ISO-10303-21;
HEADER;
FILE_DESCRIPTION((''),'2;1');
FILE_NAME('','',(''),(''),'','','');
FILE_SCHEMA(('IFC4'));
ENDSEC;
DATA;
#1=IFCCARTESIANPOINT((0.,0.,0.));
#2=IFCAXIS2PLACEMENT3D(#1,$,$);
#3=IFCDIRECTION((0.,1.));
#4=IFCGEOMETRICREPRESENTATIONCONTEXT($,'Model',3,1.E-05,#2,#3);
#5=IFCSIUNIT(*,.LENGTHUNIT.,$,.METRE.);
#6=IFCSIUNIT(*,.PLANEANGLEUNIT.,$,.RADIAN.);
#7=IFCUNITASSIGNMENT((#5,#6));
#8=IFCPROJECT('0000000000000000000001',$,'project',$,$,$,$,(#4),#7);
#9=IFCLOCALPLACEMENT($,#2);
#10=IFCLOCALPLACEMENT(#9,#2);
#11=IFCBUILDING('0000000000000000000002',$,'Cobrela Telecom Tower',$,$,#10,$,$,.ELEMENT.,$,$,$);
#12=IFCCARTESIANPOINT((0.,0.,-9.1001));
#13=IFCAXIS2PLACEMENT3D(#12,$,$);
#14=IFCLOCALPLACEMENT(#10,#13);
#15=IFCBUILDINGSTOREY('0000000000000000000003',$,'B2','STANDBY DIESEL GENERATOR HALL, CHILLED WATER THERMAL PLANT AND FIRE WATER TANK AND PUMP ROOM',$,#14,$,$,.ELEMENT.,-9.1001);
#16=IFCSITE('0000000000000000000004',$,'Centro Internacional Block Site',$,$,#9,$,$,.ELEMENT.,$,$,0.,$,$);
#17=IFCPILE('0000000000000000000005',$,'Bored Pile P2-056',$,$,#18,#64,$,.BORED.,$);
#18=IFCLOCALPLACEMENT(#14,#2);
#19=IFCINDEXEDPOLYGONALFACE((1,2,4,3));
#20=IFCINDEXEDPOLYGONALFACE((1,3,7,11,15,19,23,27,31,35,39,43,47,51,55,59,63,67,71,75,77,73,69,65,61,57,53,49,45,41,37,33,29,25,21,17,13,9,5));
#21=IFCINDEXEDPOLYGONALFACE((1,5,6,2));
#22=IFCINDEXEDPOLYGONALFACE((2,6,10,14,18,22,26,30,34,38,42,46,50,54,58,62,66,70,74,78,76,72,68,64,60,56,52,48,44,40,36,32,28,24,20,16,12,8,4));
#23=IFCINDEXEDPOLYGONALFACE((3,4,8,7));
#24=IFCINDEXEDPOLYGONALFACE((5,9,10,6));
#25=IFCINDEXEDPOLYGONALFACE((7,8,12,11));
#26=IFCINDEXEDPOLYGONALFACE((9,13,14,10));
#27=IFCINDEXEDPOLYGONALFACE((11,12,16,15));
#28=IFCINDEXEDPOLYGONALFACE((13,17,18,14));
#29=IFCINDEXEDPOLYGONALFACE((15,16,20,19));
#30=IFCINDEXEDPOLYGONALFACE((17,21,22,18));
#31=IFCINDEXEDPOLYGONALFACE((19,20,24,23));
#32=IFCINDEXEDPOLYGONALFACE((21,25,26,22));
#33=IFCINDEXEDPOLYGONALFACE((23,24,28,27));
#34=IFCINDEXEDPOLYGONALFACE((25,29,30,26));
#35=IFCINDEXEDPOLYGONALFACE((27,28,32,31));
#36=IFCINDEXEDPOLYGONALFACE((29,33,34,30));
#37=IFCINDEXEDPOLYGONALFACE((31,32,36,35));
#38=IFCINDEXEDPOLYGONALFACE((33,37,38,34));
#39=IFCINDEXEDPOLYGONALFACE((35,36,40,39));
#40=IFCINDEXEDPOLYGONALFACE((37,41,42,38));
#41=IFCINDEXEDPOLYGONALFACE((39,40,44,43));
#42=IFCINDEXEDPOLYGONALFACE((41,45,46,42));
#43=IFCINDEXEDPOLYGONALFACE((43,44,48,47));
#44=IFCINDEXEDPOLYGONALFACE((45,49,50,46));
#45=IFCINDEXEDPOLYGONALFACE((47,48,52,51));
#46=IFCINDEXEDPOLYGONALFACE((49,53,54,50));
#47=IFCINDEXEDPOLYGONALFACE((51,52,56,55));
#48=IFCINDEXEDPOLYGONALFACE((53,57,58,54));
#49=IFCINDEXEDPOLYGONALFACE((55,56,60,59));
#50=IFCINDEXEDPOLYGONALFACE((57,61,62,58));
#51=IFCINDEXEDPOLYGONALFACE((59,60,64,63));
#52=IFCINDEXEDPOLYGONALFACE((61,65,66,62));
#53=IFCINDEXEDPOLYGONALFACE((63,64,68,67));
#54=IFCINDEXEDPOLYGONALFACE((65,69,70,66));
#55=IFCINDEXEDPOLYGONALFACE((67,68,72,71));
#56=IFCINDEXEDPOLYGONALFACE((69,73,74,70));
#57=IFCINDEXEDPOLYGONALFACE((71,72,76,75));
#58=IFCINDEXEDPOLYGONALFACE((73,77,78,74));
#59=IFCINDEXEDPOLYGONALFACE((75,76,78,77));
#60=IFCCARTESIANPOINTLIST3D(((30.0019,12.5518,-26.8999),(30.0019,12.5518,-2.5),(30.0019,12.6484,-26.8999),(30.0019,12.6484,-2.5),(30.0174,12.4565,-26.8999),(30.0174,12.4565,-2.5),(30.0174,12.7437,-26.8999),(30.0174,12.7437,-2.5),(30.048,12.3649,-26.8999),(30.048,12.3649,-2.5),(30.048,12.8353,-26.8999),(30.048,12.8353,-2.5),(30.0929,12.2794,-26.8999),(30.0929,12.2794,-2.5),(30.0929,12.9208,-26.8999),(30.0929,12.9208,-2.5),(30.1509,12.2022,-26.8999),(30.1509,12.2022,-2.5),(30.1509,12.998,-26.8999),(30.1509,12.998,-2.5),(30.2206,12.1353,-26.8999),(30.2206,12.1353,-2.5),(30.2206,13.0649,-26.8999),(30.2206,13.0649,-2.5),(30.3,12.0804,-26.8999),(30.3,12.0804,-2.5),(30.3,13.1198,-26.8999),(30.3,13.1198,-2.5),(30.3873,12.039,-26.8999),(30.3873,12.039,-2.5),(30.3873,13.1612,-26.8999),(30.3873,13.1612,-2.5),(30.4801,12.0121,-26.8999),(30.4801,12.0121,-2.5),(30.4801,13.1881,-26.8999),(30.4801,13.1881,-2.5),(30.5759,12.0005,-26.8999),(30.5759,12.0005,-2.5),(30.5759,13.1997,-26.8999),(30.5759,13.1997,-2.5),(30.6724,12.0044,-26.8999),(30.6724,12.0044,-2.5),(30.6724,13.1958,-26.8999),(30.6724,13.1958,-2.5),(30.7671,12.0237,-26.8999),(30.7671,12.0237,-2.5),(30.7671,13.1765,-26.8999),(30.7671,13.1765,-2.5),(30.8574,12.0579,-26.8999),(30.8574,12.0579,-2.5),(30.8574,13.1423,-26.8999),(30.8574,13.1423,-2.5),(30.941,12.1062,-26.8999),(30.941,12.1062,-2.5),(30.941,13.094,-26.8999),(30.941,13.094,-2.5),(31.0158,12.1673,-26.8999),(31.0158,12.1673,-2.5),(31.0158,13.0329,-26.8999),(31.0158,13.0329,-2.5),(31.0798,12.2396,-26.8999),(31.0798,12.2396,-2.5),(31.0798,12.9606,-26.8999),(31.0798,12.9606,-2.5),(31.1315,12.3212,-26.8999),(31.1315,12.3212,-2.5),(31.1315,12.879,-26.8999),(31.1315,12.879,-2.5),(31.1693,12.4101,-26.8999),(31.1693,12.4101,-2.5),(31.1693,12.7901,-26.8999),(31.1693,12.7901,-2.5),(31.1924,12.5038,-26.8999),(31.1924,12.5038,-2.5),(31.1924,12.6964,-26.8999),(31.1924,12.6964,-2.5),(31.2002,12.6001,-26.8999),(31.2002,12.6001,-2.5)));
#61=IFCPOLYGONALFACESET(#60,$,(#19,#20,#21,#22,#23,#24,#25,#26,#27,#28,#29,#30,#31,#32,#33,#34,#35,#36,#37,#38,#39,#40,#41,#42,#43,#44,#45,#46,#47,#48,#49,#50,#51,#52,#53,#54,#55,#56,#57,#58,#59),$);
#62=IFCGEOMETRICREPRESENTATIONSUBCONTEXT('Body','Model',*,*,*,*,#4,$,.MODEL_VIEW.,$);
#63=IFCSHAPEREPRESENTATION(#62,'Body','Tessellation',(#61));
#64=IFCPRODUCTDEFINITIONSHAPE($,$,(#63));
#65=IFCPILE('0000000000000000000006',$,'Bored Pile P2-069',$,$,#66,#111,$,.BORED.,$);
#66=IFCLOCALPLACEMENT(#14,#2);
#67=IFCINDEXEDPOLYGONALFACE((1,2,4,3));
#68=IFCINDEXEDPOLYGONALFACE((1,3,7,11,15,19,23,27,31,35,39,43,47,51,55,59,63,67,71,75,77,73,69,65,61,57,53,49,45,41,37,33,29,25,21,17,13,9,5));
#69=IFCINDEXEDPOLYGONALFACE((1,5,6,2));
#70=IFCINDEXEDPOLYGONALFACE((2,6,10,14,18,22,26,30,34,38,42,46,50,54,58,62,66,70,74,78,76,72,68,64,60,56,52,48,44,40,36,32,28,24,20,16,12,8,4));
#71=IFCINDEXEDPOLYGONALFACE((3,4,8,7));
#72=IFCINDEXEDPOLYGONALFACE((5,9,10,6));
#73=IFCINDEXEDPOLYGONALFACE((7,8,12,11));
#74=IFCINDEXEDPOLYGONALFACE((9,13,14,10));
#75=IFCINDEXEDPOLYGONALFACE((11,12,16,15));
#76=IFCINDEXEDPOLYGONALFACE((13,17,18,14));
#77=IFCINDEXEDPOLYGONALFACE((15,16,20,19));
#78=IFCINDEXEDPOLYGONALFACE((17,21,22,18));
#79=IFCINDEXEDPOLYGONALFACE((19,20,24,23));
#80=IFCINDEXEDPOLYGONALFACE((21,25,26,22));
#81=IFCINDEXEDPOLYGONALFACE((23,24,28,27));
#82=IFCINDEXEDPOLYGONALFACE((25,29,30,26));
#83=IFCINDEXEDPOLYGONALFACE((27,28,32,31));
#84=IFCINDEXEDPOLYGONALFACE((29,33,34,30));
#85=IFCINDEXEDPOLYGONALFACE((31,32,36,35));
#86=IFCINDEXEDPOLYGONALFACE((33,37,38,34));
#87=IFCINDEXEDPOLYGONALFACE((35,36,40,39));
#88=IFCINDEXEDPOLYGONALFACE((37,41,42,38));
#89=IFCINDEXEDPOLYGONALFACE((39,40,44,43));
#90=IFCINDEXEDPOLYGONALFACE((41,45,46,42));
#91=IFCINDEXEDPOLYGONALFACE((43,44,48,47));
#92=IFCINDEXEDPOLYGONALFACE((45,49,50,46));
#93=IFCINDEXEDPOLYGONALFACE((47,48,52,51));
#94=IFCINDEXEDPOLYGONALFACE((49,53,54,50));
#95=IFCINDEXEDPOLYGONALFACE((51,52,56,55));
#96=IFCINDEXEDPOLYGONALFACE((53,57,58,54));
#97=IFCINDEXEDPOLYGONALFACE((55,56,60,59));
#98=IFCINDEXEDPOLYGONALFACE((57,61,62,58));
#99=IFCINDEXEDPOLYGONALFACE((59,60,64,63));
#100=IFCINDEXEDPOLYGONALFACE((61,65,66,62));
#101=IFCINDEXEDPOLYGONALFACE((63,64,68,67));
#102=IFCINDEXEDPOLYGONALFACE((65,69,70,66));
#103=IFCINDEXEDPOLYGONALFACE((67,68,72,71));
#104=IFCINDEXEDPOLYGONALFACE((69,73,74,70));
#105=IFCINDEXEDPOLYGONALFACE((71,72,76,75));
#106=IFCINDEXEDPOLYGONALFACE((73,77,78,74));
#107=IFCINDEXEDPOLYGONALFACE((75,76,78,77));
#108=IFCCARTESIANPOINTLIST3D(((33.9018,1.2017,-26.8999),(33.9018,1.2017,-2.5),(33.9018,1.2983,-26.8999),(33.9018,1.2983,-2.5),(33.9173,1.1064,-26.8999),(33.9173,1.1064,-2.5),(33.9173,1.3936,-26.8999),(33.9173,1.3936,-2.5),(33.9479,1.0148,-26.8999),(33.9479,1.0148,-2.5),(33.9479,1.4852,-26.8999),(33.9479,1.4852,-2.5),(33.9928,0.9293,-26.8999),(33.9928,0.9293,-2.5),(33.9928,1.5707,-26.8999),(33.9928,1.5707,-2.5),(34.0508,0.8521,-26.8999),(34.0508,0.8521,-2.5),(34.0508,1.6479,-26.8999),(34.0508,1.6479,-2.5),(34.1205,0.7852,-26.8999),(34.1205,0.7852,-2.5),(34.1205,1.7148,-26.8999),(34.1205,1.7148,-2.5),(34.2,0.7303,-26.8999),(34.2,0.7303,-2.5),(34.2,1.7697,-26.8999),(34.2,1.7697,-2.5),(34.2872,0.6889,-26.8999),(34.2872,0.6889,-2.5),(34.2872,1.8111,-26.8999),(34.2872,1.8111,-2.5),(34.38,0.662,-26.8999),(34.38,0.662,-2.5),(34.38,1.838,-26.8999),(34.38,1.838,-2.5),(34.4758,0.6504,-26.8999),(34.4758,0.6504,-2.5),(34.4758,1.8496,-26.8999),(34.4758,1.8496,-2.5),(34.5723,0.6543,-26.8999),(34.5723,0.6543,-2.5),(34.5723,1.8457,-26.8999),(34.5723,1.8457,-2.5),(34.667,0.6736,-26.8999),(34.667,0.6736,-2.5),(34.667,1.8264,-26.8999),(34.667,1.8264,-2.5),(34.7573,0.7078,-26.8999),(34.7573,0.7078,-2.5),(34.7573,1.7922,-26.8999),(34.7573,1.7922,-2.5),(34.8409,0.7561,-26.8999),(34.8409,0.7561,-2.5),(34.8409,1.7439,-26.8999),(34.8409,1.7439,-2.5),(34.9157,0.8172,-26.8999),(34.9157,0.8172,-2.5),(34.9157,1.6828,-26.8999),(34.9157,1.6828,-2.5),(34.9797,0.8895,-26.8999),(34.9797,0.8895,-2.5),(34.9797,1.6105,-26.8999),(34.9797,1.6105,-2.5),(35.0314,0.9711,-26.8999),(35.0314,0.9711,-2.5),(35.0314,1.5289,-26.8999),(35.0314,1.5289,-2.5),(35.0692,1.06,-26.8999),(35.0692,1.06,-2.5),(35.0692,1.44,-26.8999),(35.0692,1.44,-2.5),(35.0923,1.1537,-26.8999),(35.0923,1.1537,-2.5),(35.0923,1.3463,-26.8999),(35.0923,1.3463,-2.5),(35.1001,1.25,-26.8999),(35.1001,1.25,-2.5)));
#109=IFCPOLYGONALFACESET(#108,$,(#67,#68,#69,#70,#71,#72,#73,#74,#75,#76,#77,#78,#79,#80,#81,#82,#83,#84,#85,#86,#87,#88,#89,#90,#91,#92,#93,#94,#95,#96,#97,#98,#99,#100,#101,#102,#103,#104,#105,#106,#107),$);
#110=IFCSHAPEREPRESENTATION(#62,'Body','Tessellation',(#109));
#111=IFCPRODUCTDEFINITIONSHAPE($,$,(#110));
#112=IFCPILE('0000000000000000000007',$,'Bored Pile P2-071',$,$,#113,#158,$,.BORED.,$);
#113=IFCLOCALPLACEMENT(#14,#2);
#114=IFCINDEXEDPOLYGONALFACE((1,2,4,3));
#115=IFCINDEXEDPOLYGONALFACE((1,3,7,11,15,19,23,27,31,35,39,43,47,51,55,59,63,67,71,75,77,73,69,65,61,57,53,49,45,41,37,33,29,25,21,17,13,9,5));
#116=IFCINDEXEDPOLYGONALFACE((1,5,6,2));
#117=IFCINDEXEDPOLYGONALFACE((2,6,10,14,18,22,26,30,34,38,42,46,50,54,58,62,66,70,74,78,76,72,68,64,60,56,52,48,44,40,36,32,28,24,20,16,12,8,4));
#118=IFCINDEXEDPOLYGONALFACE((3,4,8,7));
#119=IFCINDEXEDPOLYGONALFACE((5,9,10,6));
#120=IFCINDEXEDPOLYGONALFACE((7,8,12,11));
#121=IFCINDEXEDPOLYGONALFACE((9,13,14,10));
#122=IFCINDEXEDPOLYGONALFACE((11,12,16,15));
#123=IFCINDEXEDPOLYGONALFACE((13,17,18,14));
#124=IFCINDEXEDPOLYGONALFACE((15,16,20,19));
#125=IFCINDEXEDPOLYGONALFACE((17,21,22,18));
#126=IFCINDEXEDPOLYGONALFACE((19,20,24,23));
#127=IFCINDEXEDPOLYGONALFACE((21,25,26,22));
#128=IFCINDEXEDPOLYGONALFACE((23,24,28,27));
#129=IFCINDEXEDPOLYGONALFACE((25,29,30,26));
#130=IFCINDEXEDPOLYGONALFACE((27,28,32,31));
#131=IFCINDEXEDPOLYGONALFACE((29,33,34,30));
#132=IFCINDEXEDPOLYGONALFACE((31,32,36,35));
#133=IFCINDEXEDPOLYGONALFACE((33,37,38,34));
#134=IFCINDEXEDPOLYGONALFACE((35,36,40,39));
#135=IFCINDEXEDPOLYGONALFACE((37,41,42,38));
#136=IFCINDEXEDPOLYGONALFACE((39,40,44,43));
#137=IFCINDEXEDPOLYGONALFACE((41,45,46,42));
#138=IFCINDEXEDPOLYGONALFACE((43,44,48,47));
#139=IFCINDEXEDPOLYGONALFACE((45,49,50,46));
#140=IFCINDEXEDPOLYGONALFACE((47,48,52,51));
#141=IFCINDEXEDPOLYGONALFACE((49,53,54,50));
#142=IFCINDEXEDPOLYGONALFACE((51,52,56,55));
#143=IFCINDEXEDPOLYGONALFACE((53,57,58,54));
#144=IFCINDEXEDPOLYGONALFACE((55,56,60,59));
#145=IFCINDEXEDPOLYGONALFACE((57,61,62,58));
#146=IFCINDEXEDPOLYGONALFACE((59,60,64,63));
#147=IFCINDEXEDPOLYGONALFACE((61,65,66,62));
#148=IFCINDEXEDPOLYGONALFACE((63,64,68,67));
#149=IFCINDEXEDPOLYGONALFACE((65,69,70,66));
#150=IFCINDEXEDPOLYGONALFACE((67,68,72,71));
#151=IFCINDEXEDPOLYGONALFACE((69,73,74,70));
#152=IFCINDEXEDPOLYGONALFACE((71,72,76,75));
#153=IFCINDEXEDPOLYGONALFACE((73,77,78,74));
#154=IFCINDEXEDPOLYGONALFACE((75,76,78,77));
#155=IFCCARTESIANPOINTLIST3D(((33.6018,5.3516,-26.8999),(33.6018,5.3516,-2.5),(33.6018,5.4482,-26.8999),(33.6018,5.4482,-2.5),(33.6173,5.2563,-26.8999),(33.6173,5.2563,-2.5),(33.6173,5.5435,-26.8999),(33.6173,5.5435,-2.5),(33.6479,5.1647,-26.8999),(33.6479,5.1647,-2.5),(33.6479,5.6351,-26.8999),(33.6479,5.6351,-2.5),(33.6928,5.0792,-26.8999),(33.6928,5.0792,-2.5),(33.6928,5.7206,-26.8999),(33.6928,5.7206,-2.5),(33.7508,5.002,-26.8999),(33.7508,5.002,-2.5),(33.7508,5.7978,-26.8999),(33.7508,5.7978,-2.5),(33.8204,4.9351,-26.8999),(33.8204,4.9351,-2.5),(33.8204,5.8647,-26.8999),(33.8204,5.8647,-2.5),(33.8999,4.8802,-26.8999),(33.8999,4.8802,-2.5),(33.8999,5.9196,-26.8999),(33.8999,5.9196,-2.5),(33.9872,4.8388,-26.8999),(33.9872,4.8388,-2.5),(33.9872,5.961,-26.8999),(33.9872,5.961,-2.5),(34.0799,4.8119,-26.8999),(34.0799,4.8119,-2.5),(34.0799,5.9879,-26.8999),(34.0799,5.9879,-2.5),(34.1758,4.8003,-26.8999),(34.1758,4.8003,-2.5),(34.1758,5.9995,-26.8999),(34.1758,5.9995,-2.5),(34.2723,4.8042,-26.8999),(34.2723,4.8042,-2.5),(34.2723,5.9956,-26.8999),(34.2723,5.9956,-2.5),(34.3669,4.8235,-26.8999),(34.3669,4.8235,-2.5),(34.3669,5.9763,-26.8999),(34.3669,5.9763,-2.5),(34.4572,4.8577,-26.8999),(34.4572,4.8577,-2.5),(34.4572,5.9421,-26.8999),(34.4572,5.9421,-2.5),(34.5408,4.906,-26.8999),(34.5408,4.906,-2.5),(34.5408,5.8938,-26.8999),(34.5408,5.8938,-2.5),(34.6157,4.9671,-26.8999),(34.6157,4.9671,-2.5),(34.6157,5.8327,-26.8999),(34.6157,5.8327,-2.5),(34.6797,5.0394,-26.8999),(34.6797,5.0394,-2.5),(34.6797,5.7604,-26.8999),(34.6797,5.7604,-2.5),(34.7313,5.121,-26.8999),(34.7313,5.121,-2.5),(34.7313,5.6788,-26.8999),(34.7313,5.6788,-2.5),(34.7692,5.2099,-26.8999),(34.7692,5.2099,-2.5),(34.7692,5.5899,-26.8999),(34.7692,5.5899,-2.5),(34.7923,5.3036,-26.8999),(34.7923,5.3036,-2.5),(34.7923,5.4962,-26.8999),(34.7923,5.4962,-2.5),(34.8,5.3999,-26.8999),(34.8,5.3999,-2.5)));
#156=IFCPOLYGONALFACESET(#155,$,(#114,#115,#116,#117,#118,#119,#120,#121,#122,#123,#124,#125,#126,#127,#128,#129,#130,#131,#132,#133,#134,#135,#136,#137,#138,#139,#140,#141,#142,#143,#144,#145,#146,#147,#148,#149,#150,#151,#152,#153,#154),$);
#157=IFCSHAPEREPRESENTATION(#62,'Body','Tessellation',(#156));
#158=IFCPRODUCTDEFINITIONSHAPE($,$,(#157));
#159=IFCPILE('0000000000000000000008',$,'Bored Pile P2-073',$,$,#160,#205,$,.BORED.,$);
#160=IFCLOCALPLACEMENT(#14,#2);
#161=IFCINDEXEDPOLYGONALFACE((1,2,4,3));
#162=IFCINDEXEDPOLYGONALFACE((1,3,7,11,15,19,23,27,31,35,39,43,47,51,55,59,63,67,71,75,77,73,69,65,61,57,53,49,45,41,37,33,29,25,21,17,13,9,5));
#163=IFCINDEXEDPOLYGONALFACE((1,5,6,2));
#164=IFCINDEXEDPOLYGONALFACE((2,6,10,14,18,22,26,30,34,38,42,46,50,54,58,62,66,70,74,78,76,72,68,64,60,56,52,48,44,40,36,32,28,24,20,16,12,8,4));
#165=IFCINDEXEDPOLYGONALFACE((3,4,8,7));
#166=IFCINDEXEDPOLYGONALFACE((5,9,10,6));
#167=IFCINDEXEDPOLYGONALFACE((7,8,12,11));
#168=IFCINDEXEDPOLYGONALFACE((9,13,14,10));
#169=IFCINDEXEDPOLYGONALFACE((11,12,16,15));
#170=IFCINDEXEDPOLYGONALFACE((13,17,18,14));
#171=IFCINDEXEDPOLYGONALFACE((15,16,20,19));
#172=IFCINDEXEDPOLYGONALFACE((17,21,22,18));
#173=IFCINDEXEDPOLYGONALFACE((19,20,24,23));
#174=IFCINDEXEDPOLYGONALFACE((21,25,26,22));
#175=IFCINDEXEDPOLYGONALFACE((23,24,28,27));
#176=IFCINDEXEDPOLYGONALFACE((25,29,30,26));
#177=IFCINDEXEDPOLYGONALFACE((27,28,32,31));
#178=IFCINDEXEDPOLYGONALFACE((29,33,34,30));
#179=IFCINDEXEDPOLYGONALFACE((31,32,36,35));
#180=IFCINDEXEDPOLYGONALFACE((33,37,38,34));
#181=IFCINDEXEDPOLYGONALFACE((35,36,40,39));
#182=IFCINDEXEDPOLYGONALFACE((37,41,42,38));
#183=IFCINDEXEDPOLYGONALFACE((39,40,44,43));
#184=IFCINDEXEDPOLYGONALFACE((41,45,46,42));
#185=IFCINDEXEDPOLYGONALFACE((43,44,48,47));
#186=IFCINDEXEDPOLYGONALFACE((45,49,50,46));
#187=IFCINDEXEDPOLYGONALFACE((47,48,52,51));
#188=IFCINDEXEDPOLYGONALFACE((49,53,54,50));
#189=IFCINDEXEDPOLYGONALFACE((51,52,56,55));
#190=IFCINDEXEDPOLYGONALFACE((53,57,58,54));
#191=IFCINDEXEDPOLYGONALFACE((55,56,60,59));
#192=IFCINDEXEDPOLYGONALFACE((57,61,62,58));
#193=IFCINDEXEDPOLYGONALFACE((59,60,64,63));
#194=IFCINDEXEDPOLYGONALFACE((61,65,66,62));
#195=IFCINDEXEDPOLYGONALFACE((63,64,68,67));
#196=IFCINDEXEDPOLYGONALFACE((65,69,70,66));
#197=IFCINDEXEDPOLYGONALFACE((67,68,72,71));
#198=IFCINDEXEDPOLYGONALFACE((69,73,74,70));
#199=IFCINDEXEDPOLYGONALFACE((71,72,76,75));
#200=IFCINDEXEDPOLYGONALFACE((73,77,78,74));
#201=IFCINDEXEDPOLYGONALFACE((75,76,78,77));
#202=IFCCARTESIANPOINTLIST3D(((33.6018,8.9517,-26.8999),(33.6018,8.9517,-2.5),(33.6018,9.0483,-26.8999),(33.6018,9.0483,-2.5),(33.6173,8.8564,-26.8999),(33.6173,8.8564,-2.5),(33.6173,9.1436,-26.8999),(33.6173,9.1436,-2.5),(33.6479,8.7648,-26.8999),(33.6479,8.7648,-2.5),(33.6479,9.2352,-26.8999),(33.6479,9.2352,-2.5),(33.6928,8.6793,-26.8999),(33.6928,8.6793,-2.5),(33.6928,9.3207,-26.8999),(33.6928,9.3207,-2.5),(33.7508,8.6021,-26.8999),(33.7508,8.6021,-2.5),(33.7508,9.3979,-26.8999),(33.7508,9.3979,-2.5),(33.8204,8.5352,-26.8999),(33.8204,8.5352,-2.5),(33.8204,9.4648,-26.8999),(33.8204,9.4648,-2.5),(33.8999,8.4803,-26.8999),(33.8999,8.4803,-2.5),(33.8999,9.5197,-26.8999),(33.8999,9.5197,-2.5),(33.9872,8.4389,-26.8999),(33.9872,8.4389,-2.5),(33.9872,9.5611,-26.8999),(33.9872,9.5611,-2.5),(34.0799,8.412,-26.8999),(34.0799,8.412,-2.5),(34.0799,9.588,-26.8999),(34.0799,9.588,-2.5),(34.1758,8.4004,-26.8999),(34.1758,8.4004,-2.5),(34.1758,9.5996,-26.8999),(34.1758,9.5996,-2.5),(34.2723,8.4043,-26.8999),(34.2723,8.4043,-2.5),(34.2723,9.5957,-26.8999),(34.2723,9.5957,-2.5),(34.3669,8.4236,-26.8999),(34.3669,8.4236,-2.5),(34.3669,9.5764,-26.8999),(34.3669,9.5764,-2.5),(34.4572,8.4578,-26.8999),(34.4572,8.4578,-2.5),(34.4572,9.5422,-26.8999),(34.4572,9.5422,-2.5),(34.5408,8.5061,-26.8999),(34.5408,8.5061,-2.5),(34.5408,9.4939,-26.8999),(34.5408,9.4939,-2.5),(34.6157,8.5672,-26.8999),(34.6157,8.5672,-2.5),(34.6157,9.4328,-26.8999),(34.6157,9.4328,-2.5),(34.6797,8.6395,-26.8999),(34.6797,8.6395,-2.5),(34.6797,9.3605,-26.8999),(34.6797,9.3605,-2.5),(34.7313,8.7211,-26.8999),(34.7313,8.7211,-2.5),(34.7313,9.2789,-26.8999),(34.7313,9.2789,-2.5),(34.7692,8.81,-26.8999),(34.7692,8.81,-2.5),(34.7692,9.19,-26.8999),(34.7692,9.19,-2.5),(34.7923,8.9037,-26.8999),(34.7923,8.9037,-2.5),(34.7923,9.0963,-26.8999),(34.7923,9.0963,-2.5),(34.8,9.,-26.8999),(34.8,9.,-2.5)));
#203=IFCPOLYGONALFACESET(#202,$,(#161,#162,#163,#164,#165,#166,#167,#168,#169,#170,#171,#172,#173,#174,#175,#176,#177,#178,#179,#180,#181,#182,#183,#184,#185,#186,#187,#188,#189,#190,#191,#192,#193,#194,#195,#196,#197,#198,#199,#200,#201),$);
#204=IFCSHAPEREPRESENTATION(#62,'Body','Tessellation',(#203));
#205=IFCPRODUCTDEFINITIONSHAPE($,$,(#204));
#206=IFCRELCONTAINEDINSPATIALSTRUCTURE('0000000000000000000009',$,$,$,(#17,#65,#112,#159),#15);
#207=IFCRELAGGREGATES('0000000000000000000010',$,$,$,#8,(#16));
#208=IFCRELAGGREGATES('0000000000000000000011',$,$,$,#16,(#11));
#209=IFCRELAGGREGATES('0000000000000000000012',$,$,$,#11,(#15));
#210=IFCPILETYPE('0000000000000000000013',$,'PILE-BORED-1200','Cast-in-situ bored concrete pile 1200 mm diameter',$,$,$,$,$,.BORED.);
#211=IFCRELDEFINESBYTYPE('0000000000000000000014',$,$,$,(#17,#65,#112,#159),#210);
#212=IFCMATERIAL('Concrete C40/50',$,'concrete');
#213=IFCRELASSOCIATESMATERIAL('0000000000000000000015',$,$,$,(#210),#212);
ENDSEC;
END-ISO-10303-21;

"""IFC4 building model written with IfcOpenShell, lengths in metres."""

from ifc_helpers import new_model, si_unit, direction, frame, origin, origin_2d, place, context, subcontext, project, spatial, circle, extrude, material, material_profile, profile_set, type_object, element, save


model = new_model("IFC4")

# Units and contexts
model_context = context("Model", 3, precision=1e-05, world=origin(), true_north=direction((0.0, 1.0)))
body_context = subcontext(model_context, "Body", "Model", "MODEL_VIEW")
ifc_project = project(units=[si_unit("LENGTHUNIT", "METRE"), si_unit("PLANEANGLEUNIT", "RADIAN")], contexts=[model_context])

# Site, building, storey
site_placement = place(None, origin())
site = spatial("IfcSite", under=ifc_project, at=site_placement, Name="Centro Internacional Block Site", CompositionType="ELEMENT", RefElevation=0.0)
building_placement = place(site_placement, origin())
building = spatial("IfcBuilding", under=site, at=building_placement, Name="Cobrela Telecom Tower", CompositionType="ELEMENT")
storey_placement = place(building_placement, frame((0.0, 0.0, -9.1001)))
storey = spatial("IfcBuildingStorey", under=building, at=storey_placement, Name="B2", Description="STANDBY DIESEL GENERATOR HALL, CHILLED WATER THERMAL PLANT AND FIRE WATER TANK AND PUMP ROOM", CompositionType="ELEMENT", Elevation=-9.1001)

# Shared definitions
ifc_material_1 = material(Name="Concrete C40/50", Category="concrete")

# Piles
ifc_material_profile_1 = material_profile(ifc_material_1, circle(Radius=0.6001, at=origin_2d()), Name="BORED PILE D1200")
ifc_profile_set_1 = profile_set([ifc_material_profile_1], Name="Concrete C40/50")
pile_type = type_object("IfcPileType", Name="PILE-BORED-1200", Description="Cast-in-situ bored concrete pile 1200 mm diameter", PredefinedType="BORED", material=ifc_profile_set_1)
for number, where, z_axis, x_axis, name in (
    (1, (30.6001, 12.6001, -2.5), (0.0, 0.0, -1.0), (1.0, 0.0, 0.0), "Bored Pile P2-056"),
    (2, (34.5, 1.25, -2.5), (0.0, 0.0, -1.0), (1.0, 0.0, 0.0), "Bored Pile P2-069"),
    (3, (34.2, 5.3999, -2.5), (0.0, 0.0, -1.0), (1.0, 0.0, 0.0), "Bored Pile P2-071"),
    (4, (34.2, 9.0, -2.5), (0.0, 0.0, -1.0), (1.0, 0.0, 0.0), "Bored Pile P2-073"),
):
    element("IfcPile", number, at=place(storey_placement, frame(where, z_axis=z_axis, x_axis=x_axis)), inside=storey, type_object=pile_type, Name=name, PredefinedType="BORED", context=body_context, shape_type="SweptSolid", body=[
        extrude(circle(Radius=0.6001, at=origin_2d()), origin(), (0.0, 0.0, 1.0), 24.3999),
    ])

save(model, "model.ifc")
